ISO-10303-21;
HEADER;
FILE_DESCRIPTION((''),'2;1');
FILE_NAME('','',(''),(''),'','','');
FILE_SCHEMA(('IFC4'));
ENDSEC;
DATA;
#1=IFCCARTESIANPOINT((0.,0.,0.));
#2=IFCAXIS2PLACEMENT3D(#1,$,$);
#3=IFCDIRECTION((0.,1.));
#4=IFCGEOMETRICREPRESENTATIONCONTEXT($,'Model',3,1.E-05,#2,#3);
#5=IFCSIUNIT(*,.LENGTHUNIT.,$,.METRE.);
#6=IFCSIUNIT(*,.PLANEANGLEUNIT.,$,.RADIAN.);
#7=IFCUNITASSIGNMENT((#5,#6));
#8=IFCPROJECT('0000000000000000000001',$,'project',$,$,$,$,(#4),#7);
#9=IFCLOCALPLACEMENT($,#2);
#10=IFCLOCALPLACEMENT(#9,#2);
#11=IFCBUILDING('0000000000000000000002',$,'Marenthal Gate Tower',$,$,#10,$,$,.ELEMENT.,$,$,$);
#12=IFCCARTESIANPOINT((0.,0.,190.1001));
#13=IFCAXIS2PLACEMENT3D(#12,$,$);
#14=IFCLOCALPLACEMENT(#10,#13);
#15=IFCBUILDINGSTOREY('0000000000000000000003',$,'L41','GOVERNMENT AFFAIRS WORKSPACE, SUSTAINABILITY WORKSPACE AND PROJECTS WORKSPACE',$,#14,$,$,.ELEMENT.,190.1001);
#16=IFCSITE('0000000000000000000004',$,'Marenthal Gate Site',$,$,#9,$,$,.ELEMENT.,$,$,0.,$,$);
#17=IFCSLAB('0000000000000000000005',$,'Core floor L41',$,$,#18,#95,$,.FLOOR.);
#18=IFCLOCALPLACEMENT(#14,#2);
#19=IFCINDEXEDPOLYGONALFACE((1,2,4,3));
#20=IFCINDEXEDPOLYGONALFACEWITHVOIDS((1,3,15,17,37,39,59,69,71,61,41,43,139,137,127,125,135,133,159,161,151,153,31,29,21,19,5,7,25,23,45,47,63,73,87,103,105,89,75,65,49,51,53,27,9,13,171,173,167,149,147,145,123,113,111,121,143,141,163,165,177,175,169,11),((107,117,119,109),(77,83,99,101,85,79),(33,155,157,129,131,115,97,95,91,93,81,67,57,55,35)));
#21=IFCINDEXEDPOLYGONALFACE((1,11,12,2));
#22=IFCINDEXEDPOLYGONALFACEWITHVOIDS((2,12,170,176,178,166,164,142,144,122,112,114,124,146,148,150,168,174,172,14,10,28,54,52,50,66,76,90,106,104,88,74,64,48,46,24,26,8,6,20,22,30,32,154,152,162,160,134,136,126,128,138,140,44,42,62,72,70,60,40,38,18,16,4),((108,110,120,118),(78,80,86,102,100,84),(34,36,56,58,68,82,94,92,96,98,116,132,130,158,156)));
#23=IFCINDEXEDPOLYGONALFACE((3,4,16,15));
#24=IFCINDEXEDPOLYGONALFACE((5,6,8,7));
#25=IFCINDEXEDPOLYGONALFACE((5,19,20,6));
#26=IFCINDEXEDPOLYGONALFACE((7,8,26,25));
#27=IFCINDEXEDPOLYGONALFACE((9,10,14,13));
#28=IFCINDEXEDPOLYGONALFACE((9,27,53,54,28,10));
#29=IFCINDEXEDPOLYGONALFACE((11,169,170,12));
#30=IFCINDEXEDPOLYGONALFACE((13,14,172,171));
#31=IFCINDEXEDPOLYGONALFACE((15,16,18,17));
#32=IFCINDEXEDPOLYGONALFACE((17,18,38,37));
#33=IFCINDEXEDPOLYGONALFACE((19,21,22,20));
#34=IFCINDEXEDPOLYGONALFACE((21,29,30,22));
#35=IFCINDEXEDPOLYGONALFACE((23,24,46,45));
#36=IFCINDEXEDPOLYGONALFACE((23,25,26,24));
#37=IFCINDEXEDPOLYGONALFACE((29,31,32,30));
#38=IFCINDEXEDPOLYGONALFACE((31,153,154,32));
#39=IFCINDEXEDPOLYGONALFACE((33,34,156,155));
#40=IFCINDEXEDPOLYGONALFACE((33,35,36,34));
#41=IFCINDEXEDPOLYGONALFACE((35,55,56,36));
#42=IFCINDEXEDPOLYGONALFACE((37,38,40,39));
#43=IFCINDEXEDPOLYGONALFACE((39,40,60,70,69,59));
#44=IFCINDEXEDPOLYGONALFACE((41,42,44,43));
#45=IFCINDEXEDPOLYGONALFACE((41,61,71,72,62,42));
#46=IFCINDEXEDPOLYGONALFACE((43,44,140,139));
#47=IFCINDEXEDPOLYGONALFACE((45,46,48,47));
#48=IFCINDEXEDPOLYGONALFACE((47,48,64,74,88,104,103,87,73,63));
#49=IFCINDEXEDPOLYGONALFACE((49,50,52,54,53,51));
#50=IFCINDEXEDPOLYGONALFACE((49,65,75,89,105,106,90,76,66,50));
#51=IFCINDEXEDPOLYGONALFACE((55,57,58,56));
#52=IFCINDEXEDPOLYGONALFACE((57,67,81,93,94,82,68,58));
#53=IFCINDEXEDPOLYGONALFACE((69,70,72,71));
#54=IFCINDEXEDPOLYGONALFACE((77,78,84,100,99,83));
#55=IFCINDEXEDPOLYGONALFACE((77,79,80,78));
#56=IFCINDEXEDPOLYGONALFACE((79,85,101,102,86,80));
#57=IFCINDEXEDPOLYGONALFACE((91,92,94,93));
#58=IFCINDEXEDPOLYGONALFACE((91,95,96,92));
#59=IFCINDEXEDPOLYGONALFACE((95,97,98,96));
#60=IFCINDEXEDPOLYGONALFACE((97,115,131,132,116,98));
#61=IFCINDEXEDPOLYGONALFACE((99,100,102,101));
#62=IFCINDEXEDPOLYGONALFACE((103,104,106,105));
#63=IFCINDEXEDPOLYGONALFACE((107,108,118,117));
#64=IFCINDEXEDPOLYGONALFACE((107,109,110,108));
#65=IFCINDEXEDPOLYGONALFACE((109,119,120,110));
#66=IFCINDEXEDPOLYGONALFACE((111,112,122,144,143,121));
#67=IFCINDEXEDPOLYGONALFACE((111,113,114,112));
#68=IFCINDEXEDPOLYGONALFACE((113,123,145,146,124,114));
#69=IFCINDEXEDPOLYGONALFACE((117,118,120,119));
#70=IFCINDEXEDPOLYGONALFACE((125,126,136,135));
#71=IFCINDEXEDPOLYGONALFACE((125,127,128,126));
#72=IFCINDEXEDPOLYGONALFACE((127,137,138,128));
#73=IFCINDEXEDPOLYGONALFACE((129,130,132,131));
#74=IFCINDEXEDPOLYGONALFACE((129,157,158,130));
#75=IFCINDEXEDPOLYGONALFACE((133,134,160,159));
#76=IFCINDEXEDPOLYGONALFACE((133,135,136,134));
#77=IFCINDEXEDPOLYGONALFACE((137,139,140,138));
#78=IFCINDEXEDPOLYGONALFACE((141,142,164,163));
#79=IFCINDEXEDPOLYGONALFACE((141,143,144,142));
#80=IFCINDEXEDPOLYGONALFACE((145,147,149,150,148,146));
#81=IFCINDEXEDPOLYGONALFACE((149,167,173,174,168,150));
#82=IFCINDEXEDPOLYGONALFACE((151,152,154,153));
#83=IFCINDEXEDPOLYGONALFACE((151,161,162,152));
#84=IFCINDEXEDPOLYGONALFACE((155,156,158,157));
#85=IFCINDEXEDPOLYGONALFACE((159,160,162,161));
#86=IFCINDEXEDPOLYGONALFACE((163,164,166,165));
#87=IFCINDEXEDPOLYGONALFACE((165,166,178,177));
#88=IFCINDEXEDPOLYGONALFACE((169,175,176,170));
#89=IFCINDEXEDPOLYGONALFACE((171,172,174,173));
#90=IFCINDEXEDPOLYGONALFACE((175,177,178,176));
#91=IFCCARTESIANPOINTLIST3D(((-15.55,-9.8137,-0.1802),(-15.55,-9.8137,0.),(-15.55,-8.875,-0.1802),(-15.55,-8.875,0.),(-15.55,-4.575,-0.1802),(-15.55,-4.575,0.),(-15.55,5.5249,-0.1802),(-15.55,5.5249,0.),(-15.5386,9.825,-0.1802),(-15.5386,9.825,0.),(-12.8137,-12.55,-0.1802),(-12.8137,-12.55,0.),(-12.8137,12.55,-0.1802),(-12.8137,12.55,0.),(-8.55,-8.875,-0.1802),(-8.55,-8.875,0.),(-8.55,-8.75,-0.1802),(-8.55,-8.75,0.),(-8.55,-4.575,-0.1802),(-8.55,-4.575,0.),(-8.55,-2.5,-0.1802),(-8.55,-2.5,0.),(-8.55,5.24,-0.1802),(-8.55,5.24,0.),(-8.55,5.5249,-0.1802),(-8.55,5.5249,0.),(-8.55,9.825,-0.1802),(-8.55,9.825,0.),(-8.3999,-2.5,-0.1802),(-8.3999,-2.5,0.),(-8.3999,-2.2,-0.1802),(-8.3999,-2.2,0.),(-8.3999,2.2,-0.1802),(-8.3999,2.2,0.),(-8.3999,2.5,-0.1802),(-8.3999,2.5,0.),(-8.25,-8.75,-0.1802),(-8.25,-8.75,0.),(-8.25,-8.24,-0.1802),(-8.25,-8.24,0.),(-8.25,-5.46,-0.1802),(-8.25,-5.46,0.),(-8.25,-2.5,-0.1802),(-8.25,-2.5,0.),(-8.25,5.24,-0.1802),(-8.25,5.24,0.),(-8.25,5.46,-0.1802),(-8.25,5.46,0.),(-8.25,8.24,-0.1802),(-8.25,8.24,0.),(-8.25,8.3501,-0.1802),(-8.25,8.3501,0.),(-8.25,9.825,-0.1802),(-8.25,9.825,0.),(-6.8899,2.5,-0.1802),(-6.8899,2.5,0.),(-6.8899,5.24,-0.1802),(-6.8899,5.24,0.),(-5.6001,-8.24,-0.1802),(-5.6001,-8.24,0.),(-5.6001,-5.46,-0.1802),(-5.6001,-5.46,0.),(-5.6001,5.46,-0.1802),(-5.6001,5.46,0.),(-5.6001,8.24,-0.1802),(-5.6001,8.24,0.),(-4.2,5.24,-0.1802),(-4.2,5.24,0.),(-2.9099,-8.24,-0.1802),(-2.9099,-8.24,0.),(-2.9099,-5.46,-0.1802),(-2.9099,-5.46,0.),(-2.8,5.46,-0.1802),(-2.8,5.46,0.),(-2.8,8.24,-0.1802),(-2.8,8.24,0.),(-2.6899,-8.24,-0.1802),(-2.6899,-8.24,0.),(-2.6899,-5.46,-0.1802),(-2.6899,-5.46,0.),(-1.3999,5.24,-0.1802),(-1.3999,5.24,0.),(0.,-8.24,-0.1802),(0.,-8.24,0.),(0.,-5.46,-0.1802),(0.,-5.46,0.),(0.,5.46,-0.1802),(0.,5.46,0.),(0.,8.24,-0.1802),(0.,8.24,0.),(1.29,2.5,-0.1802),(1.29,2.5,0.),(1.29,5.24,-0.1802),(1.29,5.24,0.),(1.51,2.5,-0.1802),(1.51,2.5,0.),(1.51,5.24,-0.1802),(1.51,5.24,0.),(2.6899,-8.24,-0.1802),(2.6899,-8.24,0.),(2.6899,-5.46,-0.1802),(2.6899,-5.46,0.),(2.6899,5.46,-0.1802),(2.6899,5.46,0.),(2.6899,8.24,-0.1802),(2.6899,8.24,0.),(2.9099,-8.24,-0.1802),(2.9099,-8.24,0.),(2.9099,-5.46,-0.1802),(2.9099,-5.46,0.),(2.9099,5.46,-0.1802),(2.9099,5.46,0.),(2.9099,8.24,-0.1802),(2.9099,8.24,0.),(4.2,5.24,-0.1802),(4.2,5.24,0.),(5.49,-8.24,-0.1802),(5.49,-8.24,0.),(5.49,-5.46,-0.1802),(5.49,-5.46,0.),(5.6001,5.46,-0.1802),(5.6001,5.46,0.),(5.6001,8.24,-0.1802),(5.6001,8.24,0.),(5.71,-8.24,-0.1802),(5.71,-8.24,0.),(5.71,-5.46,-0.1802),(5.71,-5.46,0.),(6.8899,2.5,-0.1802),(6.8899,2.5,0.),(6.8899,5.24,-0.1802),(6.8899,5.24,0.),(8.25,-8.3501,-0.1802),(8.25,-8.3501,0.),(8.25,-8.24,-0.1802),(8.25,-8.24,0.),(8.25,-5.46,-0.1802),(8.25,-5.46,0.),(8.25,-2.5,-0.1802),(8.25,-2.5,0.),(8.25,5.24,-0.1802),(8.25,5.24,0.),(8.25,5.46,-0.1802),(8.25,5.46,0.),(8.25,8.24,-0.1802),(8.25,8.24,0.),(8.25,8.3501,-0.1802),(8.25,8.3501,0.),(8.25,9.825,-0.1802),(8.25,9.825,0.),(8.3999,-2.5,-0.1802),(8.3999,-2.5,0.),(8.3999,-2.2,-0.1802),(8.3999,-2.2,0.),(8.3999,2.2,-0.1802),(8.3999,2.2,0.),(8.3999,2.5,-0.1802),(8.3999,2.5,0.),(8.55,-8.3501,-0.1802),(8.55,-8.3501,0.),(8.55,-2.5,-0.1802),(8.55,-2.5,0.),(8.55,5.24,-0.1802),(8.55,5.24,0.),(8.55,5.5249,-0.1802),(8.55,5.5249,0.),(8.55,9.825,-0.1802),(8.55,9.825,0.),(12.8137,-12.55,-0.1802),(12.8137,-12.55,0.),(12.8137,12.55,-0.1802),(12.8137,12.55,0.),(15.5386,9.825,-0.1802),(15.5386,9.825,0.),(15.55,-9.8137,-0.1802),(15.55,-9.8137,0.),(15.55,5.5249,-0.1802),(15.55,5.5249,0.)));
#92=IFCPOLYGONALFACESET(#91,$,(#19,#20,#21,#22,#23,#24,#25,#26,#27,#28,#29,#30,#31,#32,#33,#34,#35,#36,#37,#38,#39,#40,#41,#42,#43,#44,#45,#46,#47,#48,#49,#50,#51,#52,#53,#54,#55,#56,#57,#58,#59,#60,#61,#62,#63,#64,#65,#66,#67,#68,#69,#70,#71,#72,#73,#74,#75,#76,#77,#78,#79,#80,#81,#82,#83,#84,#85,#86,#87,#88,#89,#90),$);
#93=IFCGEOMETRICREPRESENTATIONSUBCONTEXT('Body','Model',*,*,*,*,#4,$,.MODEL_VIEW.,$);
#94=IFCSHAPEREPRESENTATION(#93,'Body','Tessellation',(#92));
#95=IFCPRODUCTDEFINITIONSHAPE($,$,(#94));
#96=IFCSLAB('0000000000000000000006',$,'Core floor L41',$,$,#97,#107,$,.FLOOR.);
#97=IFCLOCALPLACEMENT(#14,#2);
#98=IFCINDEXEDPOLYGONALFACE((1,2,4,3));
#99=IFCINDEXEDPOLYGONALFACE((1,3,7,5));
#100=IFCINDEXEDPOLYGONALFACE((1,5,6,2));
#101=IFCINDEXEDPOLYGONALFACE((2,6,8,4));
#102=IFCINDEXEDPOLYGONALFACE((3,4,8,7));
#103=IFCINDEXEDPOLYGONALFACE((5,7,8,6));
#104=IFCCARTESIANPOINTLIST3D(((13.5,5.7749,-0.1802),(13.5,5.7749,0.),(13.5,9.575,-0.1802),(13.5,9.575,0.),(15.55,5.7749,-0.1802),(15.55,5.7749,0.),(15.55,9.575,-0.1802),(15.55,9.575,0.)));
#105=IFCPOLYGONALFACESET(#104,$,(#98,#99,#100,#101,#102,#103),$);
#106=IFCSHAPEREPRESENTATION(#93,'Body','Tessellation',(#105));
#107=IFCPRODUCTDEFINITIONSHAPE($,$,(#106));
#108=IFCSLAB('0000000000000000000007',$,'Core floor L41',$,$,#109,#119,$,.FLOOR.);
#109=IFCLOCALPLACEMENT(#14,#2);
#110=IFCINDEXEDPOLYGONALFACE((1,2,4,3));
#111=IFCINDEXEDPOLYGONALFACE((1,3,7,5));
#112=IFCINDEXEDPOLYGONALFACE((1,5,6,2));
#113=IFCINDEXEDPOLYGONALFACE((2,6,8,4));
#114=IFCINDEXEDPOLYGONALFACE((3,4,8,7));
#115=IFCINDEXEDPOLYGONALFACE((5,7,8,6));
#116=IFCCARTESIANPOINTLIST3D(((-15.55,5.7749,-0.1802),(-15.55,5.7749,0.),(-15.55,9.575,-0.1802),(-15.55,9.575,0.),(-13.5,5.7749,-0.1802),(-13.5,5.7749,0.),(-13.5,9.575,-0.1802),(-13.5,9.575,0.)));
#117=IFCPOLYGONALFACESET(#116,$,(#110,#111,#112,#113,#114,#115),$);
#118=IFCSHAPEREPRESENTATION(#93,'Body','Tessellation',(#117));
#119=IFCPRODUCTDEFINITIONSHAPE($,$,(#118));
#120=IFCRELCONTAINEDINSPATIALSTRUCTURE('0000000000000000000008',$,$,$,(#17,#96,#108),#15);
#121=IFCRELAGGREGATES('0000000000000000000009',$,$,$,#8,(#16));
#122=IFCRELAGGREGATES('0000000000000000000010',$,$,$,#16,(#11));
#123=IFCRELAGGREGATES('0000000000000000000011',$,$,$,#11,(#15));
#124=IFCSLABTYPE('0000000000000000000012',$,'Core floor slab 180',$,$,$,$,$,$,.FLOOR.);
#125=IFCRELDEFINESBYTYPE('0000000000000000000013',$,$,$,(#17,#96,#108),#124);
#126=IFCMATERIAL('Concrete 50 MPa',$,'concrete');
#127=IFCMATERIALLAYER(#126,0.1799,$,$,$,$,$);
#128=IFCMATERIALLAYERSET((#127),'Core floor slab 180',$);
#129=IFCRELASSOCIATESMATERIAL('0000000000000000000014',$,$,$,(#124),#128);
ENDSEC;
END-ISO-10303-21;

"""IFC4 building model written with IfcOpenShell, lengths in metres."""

from ifc_helpers import new_model, si_unit, direction, frame, origin, place, context, subcontext, project, spatial, polyline, outline, extrude, material, layer, layer_set, type_object, element, save


model = new_model("IFC4")

# Units and contexts
model_context = context("Model", 3, precision=1e-05, world=origin(), true_north=direction((0.0, 1.0)))
body_context = subcontext(model_context, "Body", "Model", "MODEL_VIEW")
ifc_project = project(units=[si_unit("LENGTHUNIT", "METRE"), si_unit("PLANEANGLEUNIT", "RADIAN")], contexts=[model_context])

# Site, building, storey
site_placement = place(None, origin())
site = spatial("IfcSite", under=ifc_project, at=site_placement, Name="Marenthal Gate Site", CompositionType="ELEMENT", RefElevation=0.0)
building_placement = place(site_placement, origin())
building = spatial("IfcBuilding", under=site, at=building_placement, Name="Marenthal Gate Tower", CompositionType="ELEMENT")
storey_placement = place(building_placement, frame((0.0, 0.0, 190.1001)))
storey = spatial("IfcBuildingStorey", under=building, at=storey_placement, Name="L41", Description="GOVERNMENT AFFAIRS WORKSPACE, SUSTAINABILITY WORKSPACE AND PROJECTS WORKSPACE", CompositionType="ELEMENT", Elevation=190.1001)

# Slabs
ifc_material_1 = material(Name="Concrete 50 MPa", Category="concrete")
ifc_layer_1 = layer(ifc_material_1, 0.1799)
ifc_layer_set_1 = layer_set([ifc_layer_1], Name="Core floor slab 180")
slab_type_1 = type_object("IfcSlabType", Name="Core floor slab 180", PredefinedType="FLOOR", material=ifc_layer_set_1)
slab_1_placement = place(storey_placement, frame((0.0, 0.0, -0.1802)))
element("IfcSlab", 1, at=slab_1_placement, inside=storey, type_object=slab_type_1, Name="Core floor L41", PredefinedType="FLOOR", context=body_context, shape_type="SweptSolid", body=[
    extrude(outline(polyline([(12.8137, -12.55), (-12.8137, -12.55), (-15.55, -9.8137), (-15.55, -8.875), (-8.55, -8.875), (-8.55, -8.75), (-8.25, -8.75), (-8.25, -8.24), (-5.6001, -8.24), (-2.9099, -8.24), (-2.9099, -5.46), (-5.6001, -5.46), (-8.25, -5.46), (-8.25, -2.5), (8.25, -2.5), (8.25, -5.46), (5.71, -5.46), (5.71, -8.24), (8.25, -8.24), (8.25, -8.3501), (8.55, -8.3501), (8.55, -2.5), (8.3999, -2.5), (8.3999, -2.2), (-8.3999, -2.2), (-8.3999, -2.5), (-8.55, -2.5), (-8.55, -4.575), (-15.55, -4.575), (-15.55, 5.5249), (-8.55, 5.5249), (-8.55, 5.24), (-8.25, 5.24), (-8.25, 5.46), (-5.6001, 5.46), (-2.8, 5.46), (0.0, 5.46), (2.6899, 5.46), (2.6899, 8.24), (0.0, 8.24), (-2.8, 8.24), (-5.6001, 8.24), (-8.25, 8.24), (-8.25, 8.3501), (-8.25, 9.825), (-8.55, 9.825), (-15.5386, 9.825), (-12.8137, 12.55), (12.8137, 12.55), (15.5386, 9.825), (8.55, 9.825), (8.25, 9.825), (8.25, 8.3501), (8.25, 8.24), (5.6001, 8.24), (2.9099, 8.24), (2.9099, 5.46), (5.6001, 5.46), (8.25, 5.46), (8.25, 5.24), (8.55, 5.24), (8.55, 5.5249), (15.55, 5.5249), (15.55, -9.8137), (12.8137, -12.55)]), holes=[polyline([(2.6899, -8.24), (2.6899, -5.46), (0.0, -5.46), (-2.6899, -5.46), (-2.6899, -8.24), (0.0, -8.24), (2.6899, -8.24)]), polyline([(-6.8899, 5.24), (-6.8899, 2.5), (-8.3999, 2.5), (-8.3999, 2.2), (8.3999, 2.2), (8.3999, 2.5), (6.8899, 2.5), (6.8899, 5.24), (4.2, 5.24), (1.51, 5.24), (1.51, 2.5), (1.29, 2.5), (1.29, 5.24), (-1.3999, 5.24), (-4.2, 5.24), (-6.8899, 5.24)]), polyline([(5.49, -5.46), (2.9099, -5.46), (2.9099, -8.24), (5.49, -8.24), (5.49, -5.46)])]), origin(), (0.0, 0.0, 1.0), 0.1802),
])
slab_2_placement = place(storey_placement, frame((0.0, 0.0, -0.1802)))
element("IfcSlab", 2, at=slab_2_placement, inside=storey, type_object=slab_type_1, Name="Core floor L41", PredefinedType="FLOOR", context=body_context, shape_type="SweptSolid", body=[
    extrude(outline(polyline([(15.55, 5.7749), (13.5, 5.7749), (13.5, 9.575), (15.55, 9.575), (15.55, 5.7749)])), origin(), (0.0, 0.0, 1.0), 0.1802),
])
slab_3_placement = place(storey_placement, frame((0.0, 0.0, -0.1802)))
element("IfcSlab", 3, at=slab_3_placement, inside=storey, type_object=slab_type_1, Name="Core floor L41", PredefinedType="FLOOR", context=body_context, shape_type="SweptSolid", body=[
    extrude(outline(polyline([(-15.55, 9.575), (-13.5, 9.575), (-13.5, 5.7749), (-15.55, 5.7749), (-15.55, 9.575)])), origin(), (0.0, 0.0, 1.0), 0.1802),
])

save(model, "model.ifc")
